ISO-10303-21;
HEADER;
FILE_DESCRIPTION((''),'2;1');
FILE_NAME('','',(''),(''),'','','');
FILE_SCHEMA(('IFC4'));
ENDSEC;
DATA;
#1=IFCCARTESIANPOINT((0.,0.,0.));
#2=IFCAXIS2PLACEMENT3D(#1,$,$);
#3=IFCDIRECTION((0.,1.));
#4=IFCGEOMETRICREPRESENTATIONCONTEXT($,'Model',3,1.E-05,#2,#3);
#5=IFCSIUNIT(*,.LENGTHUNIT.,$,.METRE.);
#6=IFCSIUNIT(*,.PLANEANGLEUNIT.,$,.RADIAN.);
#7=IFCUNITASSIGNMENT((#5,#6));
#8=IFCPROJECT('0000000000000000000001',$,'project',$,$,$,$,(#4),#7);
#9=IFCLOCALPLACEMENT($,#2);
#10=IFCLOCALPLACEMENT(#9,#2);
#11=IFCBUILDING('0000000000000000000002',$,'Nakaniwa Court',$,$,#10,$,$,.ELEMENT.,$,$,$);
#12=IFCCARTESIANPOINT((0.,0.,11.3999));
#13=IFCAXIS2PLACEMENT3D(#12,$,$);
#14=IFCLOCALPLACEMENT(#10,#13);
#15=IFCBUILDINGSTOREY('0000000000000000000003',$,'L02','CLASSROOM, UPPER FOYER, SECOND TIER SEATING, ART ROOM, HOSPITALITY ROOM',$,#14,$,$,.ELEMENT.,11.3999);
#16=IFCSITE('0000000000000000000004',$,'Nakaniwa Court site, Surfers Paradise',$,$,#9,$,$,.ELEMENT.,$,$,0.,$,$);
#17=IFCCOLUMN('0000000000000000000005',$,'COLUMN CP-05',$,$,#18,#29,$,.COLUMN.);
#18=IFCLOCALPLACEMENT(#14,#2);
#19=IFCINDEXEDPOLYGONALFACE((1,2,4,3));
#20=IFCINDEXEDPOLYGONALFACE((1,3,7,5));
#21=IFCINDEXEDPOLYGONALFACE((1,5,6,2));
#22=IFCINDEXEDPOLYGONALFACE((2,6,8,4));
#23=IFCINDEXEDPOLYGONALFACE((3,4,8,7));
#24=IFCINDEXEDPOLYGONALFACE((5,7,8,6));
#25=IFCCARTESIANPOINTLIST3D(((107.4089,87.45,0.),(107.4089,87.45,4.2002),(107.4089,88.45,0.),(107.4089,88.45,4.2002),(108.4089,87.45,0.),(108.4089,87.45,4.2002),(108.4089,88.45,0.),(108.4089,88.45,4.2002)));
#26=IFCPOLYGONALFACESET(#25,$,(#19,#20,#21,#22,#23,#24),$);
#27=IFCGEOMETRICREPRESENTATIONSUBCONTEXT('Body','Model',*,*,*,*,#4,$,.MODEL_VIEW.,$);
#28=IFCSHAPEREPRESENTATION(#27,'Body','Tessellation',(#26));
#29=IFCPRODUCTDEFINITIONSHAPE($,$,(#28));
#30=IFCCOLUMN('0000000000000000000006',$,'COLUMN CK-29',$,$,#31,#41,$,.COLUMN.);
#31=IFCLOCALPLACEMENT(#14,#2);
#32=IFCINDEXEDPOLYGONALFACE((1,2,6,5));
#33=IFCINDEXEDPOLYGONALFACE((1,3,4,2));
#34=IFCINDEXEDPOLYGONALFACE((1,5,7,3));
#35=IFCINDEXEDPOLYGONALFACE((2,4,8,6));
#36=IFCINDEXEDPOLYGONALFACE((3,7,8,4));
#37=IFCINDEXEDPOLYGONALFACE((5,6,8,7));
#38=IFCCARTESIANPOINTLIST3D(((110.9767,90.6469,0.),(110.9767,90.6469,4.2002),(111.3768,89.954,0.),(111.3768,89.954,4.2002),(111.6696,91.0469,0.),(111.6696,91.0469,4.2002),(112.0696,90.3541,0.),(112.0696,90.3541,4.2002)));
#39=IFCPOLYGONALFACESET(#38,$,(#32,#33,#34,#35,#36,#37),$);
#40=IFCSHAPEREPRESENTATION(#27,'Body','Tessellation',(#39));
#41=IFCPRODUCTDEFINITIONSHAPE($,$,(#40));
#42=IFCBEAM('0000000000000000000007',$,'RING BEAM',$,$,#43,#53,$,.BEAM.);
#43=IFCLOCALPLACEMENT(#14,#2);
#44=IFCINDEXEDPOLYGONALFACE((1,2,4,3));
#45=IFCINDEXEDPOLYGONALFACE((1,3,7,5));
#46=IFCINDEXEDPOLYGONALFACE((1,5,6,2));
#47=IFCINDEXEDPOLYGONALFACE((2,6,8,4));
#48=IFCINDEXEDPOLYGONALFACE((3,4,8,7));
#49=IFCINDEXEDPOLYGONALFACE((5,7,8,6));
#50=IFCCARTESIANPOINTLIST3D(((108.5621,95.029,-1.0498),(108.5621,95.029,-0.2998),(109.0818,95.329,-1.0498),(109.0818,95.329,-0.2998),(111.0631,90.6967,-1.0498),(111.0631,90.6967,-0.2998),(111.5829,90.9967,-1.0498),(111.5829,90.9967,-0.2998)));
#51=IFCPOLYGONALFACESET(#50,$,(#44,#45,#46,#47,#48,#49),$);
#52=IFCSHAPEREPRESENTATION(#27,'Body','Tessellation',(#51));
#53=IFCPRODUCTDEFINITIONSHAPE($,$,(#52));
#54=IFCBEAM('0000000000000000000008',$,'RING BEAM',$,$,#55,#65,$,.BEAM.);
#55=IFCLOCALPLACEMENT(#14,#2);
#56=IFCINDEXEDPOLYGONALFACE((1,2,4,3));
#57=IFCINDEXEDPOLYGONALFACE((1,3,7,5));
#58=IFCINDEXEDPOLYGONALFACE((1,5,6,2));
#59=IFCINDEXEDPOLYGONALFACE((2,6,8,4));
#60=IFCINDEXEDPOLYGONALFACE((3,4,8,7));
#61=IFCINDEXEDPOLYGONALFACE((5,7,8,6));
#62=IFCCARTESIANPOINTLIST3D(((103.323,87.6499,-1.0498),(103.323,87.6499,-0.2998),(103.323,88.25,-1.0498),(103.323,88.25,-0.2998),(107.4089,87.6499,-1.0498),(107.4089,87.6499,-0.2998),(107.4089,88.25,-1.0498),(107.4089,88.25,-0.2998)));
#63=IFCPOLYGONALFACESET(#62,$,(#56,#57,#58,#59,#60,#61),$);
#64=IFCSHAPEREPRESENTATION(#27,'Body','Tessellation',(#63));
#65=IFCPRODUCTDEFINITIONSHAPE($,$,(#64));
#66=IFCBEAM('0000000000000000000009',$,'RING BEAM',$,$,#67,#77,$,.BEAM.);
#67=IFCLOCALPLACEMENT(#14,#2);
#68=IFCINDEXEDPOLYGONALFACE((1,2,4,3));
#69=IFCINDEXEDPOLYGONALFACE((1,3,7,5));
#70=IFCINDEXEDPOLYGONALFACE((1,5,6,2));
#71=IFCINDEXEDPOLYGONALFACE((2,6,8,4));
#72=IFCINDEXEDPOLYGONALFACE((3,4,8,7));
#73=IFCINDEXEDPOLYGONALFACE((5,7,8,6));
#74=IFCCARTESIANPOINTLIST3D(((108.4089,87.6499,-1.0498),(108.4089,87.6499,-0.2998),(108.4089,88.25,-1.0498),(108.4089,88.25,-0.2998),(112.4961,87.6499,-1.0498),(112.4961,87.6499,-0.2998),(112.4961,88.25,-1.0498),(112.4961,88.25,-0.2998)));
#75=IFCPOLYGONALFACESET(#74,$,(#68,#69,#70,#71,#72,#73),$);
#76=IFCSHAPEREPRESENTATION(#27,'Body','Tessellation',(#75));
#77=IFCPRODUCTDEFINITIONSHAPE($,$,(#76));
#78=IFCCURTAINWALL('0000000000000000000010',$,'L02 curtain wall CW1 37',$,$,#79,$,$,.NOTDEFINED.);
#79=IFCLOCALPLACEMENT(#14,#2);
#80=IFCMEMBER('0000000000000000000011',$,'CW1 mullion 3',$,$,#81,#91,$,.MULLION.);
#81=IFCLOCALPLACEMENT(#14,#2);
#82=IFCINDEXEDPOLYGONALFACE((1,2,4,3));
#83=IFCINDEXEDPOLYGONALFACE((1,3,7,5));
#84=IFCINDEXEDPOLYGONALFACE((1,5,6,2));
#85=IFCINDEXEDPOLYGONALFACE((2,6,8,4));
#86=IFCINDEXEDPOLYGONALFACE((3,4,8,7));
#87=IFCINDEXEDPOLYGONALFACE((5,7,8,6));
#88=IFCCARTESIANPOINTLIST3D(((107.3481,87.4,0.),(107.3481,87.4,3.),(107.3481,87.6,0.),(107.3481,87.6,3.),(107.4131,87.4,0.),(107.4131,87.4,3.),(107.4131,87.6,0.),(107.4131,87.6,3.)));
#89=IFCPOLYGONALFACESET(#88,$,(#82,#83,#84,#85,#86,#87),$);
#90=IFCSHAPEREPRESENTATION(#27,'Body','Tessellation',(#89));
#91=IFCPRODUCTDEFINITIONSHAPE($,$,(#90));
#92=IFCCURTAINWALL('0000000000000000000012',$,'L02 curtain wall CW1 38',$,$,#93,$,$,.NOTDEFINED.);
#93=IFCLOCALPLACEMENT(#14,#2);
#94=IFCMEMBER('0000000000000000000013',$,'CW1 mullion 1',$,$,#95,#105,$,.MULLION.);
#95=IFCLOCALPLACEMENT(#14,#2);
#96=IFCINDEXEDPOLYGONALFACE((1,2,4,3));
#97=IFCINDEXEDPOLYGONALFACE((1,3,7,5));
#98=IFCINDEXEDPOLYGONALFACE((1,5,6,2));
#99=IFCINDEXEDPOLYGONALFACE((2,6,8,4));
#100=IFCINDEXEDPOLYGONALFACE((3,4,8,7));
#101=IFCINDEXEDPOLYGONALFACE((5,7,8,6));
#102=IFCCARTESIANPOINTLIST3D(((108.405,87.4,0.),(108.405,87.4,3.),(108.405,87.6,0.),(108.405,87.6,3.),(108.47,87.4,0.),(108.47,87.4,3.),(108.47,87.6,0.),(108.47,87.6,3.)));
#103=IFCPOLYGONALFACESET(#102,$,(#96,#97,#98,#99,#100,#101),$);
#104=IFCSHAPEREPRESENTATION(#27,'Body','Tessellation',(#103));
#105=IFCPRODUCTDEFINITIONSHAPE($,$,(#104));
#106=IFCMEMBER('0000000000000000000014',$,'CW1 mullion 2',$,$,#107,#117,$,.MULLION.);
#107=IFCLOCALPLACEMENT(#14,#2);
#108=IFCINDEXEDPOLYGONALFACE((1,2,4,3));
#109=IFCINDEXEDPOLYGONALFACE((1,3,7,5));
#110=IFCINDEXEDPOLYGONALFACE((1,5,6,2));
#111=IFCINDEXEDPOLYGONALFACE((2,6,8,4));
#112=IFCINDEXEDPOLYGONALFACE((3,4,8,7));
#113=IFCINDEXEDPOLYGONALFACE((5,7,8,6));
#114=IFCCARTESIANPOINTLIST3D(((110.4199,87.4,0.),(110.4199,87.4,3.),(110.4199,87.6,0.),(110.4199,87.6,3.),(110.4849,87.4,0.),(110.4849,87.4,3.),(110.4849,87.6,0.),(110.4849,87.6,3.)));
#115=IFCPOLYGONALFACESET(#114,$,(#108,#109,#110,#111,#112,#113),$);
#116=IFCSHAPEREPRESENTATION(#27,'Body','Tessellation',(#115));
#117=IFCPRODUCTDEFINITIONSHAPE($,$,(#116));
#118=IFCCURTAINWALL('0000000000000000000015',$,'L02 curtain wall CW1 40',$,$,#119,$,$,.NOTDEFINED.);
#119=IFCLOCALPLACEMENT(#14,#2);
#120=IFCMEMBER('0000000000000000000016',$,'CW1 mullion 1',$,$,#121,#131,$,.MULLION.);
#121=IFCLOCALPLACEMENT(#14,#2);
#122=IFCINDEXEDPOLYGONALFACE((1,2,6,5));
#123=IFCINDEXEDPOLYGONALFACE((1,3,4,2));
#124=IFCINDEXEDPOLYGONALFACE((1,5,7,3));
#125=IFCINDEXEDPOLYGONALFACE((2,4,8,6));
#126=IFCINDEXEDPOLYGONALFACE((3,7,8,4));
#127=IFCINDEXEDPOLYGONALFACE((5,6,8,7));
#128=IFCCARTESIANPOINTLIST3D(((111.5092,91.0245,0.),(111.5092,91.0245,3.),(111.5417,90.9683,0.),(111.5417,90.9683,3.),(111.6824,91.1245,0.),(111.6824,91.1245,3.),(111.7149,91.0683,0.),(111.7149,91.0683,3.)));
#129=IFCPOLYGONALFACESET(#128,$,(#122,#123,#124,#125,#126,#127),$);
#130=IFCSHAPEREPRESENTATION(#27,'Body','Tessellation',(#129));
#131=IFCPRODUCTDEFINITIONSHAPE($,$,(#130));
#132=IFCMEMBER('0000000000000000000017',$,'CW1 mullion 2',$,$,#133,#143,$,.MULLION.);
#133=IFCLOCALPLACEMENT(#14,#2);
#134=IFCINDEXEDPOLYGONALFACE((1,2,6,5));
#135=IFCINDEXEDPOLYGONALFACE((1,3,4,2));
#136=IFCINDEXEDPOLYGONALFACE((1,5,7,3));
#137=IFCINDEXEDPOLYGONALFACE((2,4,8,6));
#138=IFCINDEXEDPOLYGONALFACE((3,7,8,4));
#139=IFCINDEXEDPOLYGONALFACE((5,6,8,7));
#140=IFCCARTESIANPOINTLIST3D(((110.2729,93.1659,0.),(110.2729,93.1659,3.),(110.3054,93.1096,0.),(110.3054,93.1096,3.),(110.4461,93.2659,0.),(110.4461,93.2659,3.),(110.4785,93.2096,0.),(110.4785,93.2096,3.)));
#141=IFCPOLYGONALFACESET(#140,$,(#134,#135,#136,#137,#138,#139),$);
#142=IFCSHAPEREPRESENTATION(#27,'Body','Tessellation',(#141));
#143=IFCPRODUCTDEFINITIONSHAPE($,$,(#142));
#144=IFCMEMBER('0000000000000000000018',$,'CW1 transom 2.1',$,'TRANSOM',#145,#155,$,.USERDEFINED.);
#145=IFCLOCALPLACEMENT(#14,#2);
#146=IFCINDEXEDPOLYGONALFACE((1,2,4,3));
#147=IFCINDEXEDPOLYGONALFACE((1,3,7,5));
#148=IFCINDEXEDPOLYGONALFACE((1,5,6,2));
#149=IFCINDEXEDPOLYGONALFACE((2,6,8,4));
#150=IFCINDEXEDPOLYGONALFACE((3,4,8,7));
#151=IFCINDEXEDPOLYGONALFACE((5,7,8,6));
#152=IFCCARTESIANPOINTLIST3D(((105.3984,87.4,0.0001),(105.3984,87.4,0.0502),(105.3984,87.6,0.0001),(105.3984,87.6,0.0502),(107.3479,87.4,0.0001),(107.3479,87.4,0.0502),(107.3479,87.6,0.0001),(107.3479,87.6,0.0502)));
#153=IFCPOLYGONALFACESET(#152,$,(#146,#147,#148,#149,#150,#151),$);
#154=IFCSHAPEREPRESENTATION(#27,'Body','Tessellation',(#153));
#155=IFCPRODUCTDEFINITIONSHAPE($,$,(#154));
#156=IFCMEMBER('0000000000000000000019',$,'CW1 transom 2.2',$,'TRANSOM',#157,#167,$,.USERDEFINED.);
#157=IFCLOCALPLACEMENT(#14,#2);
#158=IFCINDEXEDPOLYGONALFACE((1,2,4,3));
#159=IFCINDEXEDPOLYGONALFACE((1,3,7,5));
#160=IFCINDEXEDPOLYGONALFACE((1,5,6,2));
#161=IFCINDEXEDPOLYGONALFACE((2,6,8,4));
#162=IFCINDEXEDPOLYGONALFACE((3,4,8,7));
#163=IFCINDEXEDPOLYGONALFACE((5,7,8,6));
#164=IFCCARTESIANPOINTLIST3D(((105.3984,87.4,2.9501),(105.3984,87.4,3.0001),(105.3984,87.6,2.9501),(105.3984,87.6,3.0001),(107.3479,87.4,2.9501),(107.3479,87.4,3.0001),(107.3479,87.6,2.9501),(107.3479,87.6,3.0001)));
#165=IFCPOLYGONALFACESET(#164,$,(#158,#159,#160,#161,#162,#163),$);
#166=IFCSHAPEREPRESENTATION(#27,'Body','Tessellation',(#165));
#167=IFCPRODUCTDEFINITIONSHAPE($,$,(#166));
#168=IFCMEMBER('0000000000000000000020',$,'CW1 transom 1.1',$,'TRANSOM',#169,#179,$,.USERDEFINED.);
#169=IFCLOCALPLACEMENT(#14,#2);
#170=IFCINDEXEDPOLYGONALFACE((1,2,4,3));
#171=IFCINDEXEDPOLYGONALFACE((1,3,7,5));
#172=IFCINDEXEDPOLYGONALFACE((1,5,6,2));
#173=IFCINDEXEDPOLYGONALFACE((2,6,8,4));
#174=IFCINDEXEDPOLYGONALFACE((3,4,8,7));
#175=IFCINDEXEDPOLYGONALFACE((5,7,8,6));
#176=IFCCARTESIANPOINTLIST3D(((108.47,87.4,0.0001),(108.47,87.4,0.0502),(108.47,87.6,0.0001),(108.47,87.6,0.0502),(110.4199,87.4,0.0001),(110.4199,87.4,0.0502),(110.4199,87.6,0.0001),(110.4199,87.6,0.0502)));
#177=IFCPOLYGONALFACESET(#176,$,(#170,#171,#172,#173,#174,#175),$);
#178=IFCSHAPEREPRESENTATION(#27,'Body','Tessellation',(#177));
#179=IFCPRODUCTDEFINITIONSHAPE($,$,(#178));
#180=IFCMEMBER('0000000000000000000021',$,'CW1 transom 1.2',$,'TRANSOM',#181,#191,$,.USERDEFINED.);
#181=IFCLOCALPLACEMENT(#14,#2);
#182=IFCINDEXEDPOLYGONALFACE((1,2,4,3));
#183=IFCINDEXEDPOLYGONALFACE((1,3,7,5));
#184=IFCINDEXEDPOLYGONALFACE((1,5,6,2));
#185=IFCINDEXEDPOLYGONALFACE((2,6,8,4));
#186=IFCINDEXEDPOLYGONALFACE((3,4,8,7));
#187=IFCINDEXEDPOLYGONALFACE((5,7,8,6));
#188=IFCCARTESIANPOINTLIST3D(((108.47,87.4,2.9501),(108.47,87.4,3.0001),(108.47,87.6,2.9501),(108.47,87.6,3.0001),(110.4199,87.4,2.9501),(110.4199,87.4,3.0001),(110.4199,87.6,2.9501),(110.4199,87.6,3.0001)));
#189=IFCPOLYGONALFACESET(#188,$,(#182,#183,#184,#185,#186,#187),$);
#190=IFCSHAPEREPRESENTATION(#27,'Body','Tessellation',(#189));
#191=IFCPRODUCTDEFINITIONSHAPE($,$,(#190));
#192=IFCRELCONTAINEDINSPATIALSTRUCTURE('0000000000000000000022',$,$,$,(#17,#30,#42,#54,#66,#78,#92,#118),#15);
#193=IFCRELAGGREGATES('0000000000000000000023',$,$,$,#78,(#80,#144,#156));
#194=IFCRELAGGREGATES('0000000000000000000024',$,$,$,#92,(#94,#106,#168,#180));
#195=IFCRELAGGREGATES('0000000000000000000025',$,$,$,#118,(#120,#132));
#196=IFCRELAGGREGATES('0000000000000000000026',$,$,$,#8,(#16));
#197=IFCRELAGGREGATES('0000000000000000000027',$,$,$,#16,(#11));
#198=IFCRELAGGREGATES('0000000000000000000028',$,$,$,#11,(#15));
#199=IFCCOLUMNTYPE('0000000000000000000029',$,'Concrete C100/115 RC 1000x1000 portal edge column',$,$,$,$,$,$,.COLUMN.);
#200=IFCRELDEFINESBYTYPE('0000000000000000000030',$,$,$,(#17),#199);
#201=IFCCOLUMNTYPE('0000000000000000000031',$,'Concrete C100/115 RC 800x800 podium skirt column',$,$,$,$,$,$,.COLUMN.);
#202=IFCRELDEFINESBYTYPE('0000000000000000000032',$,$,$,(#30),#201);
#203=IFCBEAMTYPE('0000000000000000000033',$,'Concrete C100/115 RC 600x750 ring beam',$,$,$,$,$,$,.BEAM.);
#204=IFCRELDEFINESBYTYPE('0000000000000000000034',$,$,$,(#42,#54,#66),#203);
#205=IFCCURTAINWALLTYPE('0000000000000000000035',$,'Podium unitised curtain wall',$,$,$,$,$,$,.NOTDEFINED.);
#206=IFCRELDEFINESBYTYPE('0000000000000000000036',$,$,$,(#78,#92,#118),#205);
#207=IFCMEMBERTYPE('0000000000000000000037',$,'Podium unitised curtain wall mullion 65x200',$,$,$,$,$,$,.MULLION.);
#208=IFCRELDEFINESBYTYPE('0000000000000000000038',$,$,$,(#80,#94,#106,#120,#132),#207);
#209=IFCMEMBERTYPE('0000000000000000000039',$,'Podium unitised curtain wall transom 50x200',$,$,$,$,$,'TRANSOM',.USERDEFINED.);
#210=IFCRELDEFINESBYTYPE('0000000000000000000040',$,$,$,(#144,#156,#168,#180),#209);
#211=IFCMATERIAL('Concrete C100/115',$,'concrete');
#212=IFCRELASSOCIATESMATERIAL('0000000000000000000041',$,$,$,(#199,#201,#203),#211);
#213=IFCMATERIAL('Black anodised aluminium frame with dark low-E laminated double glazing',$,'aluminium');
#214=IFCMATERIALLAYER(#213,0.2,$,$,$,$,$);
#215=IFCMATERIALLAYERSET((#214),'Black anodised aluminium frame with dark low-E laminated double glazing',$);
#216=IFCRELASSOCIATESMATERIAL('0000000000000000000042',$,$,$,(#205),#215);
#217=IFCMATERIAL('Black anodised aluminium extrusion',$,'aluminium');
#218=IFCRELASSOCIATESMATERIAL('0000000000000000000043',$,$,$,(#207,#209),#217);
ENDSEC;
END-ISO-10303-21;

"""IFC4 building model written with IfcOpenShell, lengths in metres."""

from ifc_helpers import new_model, si_unit, direction, frame, origin, origin_2d, place, context, subcontext, project, spatial, rectangle, extrude, material, layer, layer_set, material_profile, profile_set, type_object, element, aggregate, save


model = new_model("IFC4")

# Units and contexts
model_context = context("Model", 3, precision=1e-05, world=origin(), true_north=direction((0.0, 1.0)))
body_context = subcontext(model_context, "Body", "Model", "MODEL_VIEW")
ifc_project = project(units=[si_unit("LENGTHUNIT", "METRE"), si_unit("PLANEANGLEUNIT", "RADIAN")], contexts=[model_context])

# Site, building, storey
site_placement = place(None, origin())
site = spatial("IfcSite", under=ifc_project, at=site_placement, Name="Nakaniwa Court site, Surfers Paradise", CompositionType="ELEMENT", RefElevation=0.0)
building_placement = place(site_placement, origin())
building = spatial("IfcBuilding", under=site, at=building_placement, Name="Nakaniwa Court", CompositionType="ELEMENT")
storey_placement = place(building_placement, frame((0.0, 0.0, 11.3999)))
storey = spatial("IfcBuildingStorey", under=building, at=storey_placement, Name="L02", Description="CLASSROOM, UPPER FOYER, SECOND TIER SEATING, ART ROOM, HOSPITALITY ROOM", CompositionType="ELEMENT", Elevation=11.3999)

# Columns
ifc_material_1 = material(Name="Concrete C100/115", Category="concrete")
ifc_material_profile_1 = material_profile(ifc_material_1, rectangle(XDim=1.0, YDim=1.0, at=origin_2d()), Name="Concrete C100/115 RC 1000x1000 portal edge column")
ifc_profile_set_1 = profile_set([ifc_material_profile_1], Name="Concrete C100/115")
column_type_1 = type_object("IfcColumnType", Name="Concrete C100/115 RC 1000x1000 portal edge column", PredefinedType="COLUMN", material=ifc_profile_set_1)
column_1_placement = place(storey_placement, frame((107.9089, 87.95, 0.0), z_axis=(0.0, 0.0, 1.0), x_axis=(1.0, 0.0, 0.0)))
element("IfcColumn", 1, at=column_1_placement, inside=storey, type_object=column_type_1, Name="COLUMN CP-05", PredefinedType="COLUMN", context=body_context, shape_type="SweptSolid", body=[
    extrude(rectangle(XDim=1.0, YDim=1.0, at=origin_2d()), origin(), (0.0, 0.0, 1.0), 4.2002),
])
ifc_material_profile_2 = material_profile(ifc_material_1, rectangle(XDim=0.8, YDim=0.8, at=origin_2d()), Name="Concrete C100/115 RC 800x800 podium skirt column")
ifc_profile_set_2 = profile_set([ifc_material_profile_2], Name="Concrete C100/115")
column_type_2 = type_object("IfcColumnType", Name="Concrete C100/115 RC 800x800 podium skirt column", PredefinedType="COLUMN", material=ifc_profile_set_2)
column_2_placement = place(storey_placement, frame((111.5232, 90.5005, 0.0), z_axis=(0.0, 0.0, 1.0), x_axis=(-0.5, 0.866025, 0.0)))
element("IfcColumn", 2, at=column_2_placement, inside=storey, type_object=column_type_2, Name="COLUMN CK-29", PredefinedType="COLUMN", context=body_context, shape_type="SweptSolid", body=[
    extrude(rectangle(XDim=0.8, YDim=0.8, at=origin_2d()), origin(), (0.0, 0.0, 1.0), 4.2002),
])

# Beams
ifc_material_profile_3 = material_profile(ifc_material_1, rectangle(XDim=0.6001, YDim=0.75, at=origin_2d()), Name="Concrete C100/115 RC 600x750 ring beam")
ifc_profile_set_3 = profile_set([ifc_material_profile_3], Name="Concrete C100/115")
beam_type = type_object("IfcBeamType", Name="Concrete C100/115 RC 600x750 ring beam", PredefinedType="BEAM", material=ifc_profile_set_3)
beam_1_placement = place(storey_placement, frame((111.323, 90.8467, -0.6748), z_axis=(-0.49996, 0.866048, 0.0), x_axis=(-0.866048, -0.49996, 0.0)))
element("IfcBeam", 3, at=beam_1_placement, inside=storey, type_object=beam_type, Name="RING BEAM", PredefinedType="BEAM", context=body_context, shape_type="SweptSolid", body=[
    extrude(rectangle(XDim=0.6001, YDim=0.75, at=origin_2d()), origin(), (0.0, 0.0, 1.0), 5.0024),
])
beam_2_placement = place(storey_placement, frame((103.323, 87.95, -0.6748), z_axis=(1.0, 0.0, 0.0), x_axis=(0.0, 1.0, 0.0)))
element("IfcBeam", 4, at=beam_2_placement, inside=storey, type_object=beam_type, Name="RING BEAM", PredefinedType="BEAM", context=body_context, shape_type="SweptSolid", body=[
    extrude(rectangle(XDim=0.6001, YDim=0.75, at=origin_2d()), origin(), (0.0, 0.0, 1.0), 4.0859),
])
beam_3_placement = place(storey_placement, frame((108.4089, 87.95, -0.6748), z_axis=(1.0, 0.0, 0.0), x_axis=(0.0, 1.0, 0.0)))
element("IfcBeam", 5, at=beam_3_placement, inside=storey, type_object=beam_type, Name="RING BEAM", PredefinedType="BEAM", context=body_context, shape_type="SweptSolid", body=[
    extrude(rectangle(XDim=0.6001, YDim=0.75, at=origin_2d()), origin(), (0.0, 0.0, 1.0), 4.0872),
])

# Curtain wall, member
ifc_material_2 = material(Name="Black anodised aluminium frame with dark low-E laminated double glazing", Category="aluminium")
ifc_layer_1 = layer(ifc_material_2, 0.2)
ifc_layer_set_1 = layer_set([ifc_layer_1], Name="Black anodised aluminium frame with dark low-E laminated double glazing")
curtain_wall_type = type_object("IfcCurtainWallType", Name="Podium unitised curtain wall", PredefinedType="NOTDEFINED", material=ifc_layer_set_1)
curtain_wall_1_placement = place(storey_placement, origin())
curtain_wall_1 = element("IfcCurtainWall", 6, at=curtain_wall_1_placement, inside=storey, type_object=curtain_wall_type, Name="L02 curtain wall CW1 37", PredefinedType="NOTDEFINED")
ifc_material_3 = material(Name="Black anodised aluminium extrusion", Category="aluminium")
ifc_material_profile_4 = material_profile(ifc_material_3, rectangle(XDim=0.2, YDim=0.0649, at=origin_2d()), Name="Podium unitised curtain wall mullion 65x200")
ifc_profile_set_4 = profile_set([ifc_material_profile_4], Name="Black anodised aluminium extrusion")
member_type_1 = type_object("IfcMemberType", Name="Podium unitised curtain wall mullion 65x200", PredefinedType="MULLION", material=ifc_profile_set_4)
member_1_placement = place(storey_placement, frame((107.3806, 87.5, 0.0), z_axis=(0.0, 0.0, 1.0), x_axis=(0.0, 1.0, 0.0)))
member_1 = element("IfcMember", 7, at=member_1_placement, type_object=member_type_1, Name="CW1 mullion 3", PredefinedType="MULLION", context=body_context, shape_type="SweptSolid", body=[
    extrude(rectangle(XDim=0.2, YDim=0.0649, at=origin_2d()), origin(), (0.0, 0.0, 1.0), 3.0),
])

# Curtain walls, members
curtain_wall_2_placement = place(storey_placement, origin())
curtain_wall_2 = element("IfcCurtainWall", 8, at=curtain_wall_2_placement, inside=storey, type_object=curtain_wall_type, Name="L02 curtain wall CW1 38", PredefinedType="NOTDEFINED")
member_2_placement = place(storey_placement, frame((108.4375, 87.5, 0.0), z_axis=(0.0, 0.0, 1.0), x_axis=(0.0, 1.0, 0.0)))
member_2 = element("IfcMember", 9, at=member_2_placement, type_object=member_type_1, Name="CW1 mullion 1", PredefinedType="MULLION", context=body_context, shape_type="SweptSolid", body=[
    extrude(rectangle(XDim=0.2, YDim=0.0649, at=origin_2d()), origin(), (0.0, 0.0, 1.0), 3.0),
])
member_3_placement = place(storey_placement, frame((110.4524, 87.5, 0.0), z_axis=(0.0, 0.0, 1.0), x_axis=(0.0, 1.0, 0.0)))
member_3 = element("IfcMember", 10, at=member_3_placement, type_object=member_type_1, Name="CW1 mullion 2", PredefinedType="MULLION", context=body_context, shape_type="SweptSolid", body=[
    extrude(rectangle(XDim=0.2, YDim=0.0649, at=origin_2d()), origin(), (0.0, 0.0, 1.0), 3.0),
])
curtain_wall_3_placement = place(storey_placement, origin())
curtain_wall_3 = element("IfcCurtainWall", 11, at=curtain_wall_3_placement, inside=storey, type_object=curtain_wall_type, Name="L02 curtain wall CW1 40", PredefinedType="NOTDEFINED")
member_4_placement = place(storey_placement, frame((111.6121, 91.0464, 0.0), z_axis=(0.0, 0.0, 1.0), x_axis=(-0.866032, -0.499988, 0.0)))
member_4 = element("IfcMember", 12, at=member_4_placement, type_object=member_type_1, Name="CW1 mullion 1", PredefinedType="MULLION", context=body_context, shape_type="SweptSolid", body=[
    extrude(rectangle(XDim=0.2, YDim=0.0649, at=origin_2d()), origin(), (0.0, 0.0, 1.0), 3.0),
])
member_5_placement = place(storey_placement, frame((110.3757, 93.1877, 0.0), z_axis=(0.0, 0.0, 1.0), x_axis=(-0.866032, -0.499988, 0.0)))
member_5 = element("IfcMember", 13, at=member_5_placement, type_object=member_type_1, Name="CW1 mullion 2", PredefinedType="MULLION", context=body_context, shape_type="SweptSolid", body=[
    extrude(rectangle(XDim=0.2, YDim=0.0649, at=origin_2d()), origin(), (0.0, 0.0, 1.0), 3.0),
])

# Members
ifc_material_profile_5 = material_profile(ifc_material_3, rectangle(XDim=0.2, YDim=0.05, at=origin_2d()), Name="Podium unitised curtain wall transom 50x200")
ifc_profile_set_5 = profile_set([ifc_material_profile_5], Name="Black anodised aluminium extrusion")
member_type_2 = type_object("IfcMemberType", Name="Podium unitised curtain wall transom 50x200", ElementType="TRANSOM", PredefinedType="USERDEFINED", material=ifc_profile_set_5)
member_6_placement = place(storey_placement, frame((105.3984, 87.5, 0.0251), z_axis=(1.0, 0.0, 0.0), x_axis=(0.0, 1.0, 0.0)))
member_6 = element("IfcMember", 14, at=member_6_placement, type_object=member_type_2, Name="CW1 transom 2.1", ObjectType="TRANSOM", PredefinedType="USERDEFINED", context=body_context, shape_type="SweptSolid", body=[
    extrude(rectangle(XDim=0.2, YDim=0.05, at=origin_2d()), origin(), (0.0, 0.0, 1.0), 1.9495),
])
member_7_placement = place(storey_placement, frame((105.3984, 87.5, 2.9751), z_axis=(1.0, 0.0, 0.0), x_axis=(0.0, 1.0, 0.0)))
member_7 = element("IfcMember", 15, at=member_7_placement, type_object=member_type_2, Name="CW1 transom 2.2", ObjectType="TRANSOM", PredefinedType="USERDEFINED", context=body_context, shape_type="SweptSolid", body=[
    extrude(rectangle(XDim=0.2, YDim=0.05, at=origin_2d()), origin(), (0.0, 0.0, 1.0), 1.9495),
])
member_8_placement = place(storey_placement, frame((108.47, 87.5, 0.0251), z_axis=(1.0, 0.0, 0.0), x_axis=(0.0, 1.0, 0.0)))
member_8 = element("IfcMember", 16, at=member_8_placement, type_object=member_type_2, Name="CW1 transom 1.1", ObjectType="TRANSOM", PredefinedType="USERDEFINED", context=body_context, shape_type="SweptSolid", body=[
    extrude(rectangle(XDim=0.2, YDim=0.05, at=origin_2d()), origin(), (0.0, 0.0, 1.0), 1.95),
])
member_9_placement = place(storey_placement, frame((108.47, 87.5, 2.9751), z_axis=(1.0, 0.0, 0.0), x_axis=(0.0, 1.0, 0.0)))
member_9 = element("IfcMember", 17, at=member_9_placement, type_object=member_type_2, Name="CW1 transom 1.2", ObjectType="TRANSOM", PredefinedType="USERDEFINED", context=body_context, shape_type="SweptSolid", body=[
    extrude(rectangle(XDim=0.2, YDim=0.05, at=origin_2d()), origin(), (0.0, 0.0, 1.0), 1.95),
])

aggregate(curtain_wall_1, [member_1, member_6, member_7])
aggregate(curtain_wall_2, [member_2, member_3, member_8, member_9])
aggregate(curtain_wall_3, [member_4, member_5])

save(model, "model.ifc")
